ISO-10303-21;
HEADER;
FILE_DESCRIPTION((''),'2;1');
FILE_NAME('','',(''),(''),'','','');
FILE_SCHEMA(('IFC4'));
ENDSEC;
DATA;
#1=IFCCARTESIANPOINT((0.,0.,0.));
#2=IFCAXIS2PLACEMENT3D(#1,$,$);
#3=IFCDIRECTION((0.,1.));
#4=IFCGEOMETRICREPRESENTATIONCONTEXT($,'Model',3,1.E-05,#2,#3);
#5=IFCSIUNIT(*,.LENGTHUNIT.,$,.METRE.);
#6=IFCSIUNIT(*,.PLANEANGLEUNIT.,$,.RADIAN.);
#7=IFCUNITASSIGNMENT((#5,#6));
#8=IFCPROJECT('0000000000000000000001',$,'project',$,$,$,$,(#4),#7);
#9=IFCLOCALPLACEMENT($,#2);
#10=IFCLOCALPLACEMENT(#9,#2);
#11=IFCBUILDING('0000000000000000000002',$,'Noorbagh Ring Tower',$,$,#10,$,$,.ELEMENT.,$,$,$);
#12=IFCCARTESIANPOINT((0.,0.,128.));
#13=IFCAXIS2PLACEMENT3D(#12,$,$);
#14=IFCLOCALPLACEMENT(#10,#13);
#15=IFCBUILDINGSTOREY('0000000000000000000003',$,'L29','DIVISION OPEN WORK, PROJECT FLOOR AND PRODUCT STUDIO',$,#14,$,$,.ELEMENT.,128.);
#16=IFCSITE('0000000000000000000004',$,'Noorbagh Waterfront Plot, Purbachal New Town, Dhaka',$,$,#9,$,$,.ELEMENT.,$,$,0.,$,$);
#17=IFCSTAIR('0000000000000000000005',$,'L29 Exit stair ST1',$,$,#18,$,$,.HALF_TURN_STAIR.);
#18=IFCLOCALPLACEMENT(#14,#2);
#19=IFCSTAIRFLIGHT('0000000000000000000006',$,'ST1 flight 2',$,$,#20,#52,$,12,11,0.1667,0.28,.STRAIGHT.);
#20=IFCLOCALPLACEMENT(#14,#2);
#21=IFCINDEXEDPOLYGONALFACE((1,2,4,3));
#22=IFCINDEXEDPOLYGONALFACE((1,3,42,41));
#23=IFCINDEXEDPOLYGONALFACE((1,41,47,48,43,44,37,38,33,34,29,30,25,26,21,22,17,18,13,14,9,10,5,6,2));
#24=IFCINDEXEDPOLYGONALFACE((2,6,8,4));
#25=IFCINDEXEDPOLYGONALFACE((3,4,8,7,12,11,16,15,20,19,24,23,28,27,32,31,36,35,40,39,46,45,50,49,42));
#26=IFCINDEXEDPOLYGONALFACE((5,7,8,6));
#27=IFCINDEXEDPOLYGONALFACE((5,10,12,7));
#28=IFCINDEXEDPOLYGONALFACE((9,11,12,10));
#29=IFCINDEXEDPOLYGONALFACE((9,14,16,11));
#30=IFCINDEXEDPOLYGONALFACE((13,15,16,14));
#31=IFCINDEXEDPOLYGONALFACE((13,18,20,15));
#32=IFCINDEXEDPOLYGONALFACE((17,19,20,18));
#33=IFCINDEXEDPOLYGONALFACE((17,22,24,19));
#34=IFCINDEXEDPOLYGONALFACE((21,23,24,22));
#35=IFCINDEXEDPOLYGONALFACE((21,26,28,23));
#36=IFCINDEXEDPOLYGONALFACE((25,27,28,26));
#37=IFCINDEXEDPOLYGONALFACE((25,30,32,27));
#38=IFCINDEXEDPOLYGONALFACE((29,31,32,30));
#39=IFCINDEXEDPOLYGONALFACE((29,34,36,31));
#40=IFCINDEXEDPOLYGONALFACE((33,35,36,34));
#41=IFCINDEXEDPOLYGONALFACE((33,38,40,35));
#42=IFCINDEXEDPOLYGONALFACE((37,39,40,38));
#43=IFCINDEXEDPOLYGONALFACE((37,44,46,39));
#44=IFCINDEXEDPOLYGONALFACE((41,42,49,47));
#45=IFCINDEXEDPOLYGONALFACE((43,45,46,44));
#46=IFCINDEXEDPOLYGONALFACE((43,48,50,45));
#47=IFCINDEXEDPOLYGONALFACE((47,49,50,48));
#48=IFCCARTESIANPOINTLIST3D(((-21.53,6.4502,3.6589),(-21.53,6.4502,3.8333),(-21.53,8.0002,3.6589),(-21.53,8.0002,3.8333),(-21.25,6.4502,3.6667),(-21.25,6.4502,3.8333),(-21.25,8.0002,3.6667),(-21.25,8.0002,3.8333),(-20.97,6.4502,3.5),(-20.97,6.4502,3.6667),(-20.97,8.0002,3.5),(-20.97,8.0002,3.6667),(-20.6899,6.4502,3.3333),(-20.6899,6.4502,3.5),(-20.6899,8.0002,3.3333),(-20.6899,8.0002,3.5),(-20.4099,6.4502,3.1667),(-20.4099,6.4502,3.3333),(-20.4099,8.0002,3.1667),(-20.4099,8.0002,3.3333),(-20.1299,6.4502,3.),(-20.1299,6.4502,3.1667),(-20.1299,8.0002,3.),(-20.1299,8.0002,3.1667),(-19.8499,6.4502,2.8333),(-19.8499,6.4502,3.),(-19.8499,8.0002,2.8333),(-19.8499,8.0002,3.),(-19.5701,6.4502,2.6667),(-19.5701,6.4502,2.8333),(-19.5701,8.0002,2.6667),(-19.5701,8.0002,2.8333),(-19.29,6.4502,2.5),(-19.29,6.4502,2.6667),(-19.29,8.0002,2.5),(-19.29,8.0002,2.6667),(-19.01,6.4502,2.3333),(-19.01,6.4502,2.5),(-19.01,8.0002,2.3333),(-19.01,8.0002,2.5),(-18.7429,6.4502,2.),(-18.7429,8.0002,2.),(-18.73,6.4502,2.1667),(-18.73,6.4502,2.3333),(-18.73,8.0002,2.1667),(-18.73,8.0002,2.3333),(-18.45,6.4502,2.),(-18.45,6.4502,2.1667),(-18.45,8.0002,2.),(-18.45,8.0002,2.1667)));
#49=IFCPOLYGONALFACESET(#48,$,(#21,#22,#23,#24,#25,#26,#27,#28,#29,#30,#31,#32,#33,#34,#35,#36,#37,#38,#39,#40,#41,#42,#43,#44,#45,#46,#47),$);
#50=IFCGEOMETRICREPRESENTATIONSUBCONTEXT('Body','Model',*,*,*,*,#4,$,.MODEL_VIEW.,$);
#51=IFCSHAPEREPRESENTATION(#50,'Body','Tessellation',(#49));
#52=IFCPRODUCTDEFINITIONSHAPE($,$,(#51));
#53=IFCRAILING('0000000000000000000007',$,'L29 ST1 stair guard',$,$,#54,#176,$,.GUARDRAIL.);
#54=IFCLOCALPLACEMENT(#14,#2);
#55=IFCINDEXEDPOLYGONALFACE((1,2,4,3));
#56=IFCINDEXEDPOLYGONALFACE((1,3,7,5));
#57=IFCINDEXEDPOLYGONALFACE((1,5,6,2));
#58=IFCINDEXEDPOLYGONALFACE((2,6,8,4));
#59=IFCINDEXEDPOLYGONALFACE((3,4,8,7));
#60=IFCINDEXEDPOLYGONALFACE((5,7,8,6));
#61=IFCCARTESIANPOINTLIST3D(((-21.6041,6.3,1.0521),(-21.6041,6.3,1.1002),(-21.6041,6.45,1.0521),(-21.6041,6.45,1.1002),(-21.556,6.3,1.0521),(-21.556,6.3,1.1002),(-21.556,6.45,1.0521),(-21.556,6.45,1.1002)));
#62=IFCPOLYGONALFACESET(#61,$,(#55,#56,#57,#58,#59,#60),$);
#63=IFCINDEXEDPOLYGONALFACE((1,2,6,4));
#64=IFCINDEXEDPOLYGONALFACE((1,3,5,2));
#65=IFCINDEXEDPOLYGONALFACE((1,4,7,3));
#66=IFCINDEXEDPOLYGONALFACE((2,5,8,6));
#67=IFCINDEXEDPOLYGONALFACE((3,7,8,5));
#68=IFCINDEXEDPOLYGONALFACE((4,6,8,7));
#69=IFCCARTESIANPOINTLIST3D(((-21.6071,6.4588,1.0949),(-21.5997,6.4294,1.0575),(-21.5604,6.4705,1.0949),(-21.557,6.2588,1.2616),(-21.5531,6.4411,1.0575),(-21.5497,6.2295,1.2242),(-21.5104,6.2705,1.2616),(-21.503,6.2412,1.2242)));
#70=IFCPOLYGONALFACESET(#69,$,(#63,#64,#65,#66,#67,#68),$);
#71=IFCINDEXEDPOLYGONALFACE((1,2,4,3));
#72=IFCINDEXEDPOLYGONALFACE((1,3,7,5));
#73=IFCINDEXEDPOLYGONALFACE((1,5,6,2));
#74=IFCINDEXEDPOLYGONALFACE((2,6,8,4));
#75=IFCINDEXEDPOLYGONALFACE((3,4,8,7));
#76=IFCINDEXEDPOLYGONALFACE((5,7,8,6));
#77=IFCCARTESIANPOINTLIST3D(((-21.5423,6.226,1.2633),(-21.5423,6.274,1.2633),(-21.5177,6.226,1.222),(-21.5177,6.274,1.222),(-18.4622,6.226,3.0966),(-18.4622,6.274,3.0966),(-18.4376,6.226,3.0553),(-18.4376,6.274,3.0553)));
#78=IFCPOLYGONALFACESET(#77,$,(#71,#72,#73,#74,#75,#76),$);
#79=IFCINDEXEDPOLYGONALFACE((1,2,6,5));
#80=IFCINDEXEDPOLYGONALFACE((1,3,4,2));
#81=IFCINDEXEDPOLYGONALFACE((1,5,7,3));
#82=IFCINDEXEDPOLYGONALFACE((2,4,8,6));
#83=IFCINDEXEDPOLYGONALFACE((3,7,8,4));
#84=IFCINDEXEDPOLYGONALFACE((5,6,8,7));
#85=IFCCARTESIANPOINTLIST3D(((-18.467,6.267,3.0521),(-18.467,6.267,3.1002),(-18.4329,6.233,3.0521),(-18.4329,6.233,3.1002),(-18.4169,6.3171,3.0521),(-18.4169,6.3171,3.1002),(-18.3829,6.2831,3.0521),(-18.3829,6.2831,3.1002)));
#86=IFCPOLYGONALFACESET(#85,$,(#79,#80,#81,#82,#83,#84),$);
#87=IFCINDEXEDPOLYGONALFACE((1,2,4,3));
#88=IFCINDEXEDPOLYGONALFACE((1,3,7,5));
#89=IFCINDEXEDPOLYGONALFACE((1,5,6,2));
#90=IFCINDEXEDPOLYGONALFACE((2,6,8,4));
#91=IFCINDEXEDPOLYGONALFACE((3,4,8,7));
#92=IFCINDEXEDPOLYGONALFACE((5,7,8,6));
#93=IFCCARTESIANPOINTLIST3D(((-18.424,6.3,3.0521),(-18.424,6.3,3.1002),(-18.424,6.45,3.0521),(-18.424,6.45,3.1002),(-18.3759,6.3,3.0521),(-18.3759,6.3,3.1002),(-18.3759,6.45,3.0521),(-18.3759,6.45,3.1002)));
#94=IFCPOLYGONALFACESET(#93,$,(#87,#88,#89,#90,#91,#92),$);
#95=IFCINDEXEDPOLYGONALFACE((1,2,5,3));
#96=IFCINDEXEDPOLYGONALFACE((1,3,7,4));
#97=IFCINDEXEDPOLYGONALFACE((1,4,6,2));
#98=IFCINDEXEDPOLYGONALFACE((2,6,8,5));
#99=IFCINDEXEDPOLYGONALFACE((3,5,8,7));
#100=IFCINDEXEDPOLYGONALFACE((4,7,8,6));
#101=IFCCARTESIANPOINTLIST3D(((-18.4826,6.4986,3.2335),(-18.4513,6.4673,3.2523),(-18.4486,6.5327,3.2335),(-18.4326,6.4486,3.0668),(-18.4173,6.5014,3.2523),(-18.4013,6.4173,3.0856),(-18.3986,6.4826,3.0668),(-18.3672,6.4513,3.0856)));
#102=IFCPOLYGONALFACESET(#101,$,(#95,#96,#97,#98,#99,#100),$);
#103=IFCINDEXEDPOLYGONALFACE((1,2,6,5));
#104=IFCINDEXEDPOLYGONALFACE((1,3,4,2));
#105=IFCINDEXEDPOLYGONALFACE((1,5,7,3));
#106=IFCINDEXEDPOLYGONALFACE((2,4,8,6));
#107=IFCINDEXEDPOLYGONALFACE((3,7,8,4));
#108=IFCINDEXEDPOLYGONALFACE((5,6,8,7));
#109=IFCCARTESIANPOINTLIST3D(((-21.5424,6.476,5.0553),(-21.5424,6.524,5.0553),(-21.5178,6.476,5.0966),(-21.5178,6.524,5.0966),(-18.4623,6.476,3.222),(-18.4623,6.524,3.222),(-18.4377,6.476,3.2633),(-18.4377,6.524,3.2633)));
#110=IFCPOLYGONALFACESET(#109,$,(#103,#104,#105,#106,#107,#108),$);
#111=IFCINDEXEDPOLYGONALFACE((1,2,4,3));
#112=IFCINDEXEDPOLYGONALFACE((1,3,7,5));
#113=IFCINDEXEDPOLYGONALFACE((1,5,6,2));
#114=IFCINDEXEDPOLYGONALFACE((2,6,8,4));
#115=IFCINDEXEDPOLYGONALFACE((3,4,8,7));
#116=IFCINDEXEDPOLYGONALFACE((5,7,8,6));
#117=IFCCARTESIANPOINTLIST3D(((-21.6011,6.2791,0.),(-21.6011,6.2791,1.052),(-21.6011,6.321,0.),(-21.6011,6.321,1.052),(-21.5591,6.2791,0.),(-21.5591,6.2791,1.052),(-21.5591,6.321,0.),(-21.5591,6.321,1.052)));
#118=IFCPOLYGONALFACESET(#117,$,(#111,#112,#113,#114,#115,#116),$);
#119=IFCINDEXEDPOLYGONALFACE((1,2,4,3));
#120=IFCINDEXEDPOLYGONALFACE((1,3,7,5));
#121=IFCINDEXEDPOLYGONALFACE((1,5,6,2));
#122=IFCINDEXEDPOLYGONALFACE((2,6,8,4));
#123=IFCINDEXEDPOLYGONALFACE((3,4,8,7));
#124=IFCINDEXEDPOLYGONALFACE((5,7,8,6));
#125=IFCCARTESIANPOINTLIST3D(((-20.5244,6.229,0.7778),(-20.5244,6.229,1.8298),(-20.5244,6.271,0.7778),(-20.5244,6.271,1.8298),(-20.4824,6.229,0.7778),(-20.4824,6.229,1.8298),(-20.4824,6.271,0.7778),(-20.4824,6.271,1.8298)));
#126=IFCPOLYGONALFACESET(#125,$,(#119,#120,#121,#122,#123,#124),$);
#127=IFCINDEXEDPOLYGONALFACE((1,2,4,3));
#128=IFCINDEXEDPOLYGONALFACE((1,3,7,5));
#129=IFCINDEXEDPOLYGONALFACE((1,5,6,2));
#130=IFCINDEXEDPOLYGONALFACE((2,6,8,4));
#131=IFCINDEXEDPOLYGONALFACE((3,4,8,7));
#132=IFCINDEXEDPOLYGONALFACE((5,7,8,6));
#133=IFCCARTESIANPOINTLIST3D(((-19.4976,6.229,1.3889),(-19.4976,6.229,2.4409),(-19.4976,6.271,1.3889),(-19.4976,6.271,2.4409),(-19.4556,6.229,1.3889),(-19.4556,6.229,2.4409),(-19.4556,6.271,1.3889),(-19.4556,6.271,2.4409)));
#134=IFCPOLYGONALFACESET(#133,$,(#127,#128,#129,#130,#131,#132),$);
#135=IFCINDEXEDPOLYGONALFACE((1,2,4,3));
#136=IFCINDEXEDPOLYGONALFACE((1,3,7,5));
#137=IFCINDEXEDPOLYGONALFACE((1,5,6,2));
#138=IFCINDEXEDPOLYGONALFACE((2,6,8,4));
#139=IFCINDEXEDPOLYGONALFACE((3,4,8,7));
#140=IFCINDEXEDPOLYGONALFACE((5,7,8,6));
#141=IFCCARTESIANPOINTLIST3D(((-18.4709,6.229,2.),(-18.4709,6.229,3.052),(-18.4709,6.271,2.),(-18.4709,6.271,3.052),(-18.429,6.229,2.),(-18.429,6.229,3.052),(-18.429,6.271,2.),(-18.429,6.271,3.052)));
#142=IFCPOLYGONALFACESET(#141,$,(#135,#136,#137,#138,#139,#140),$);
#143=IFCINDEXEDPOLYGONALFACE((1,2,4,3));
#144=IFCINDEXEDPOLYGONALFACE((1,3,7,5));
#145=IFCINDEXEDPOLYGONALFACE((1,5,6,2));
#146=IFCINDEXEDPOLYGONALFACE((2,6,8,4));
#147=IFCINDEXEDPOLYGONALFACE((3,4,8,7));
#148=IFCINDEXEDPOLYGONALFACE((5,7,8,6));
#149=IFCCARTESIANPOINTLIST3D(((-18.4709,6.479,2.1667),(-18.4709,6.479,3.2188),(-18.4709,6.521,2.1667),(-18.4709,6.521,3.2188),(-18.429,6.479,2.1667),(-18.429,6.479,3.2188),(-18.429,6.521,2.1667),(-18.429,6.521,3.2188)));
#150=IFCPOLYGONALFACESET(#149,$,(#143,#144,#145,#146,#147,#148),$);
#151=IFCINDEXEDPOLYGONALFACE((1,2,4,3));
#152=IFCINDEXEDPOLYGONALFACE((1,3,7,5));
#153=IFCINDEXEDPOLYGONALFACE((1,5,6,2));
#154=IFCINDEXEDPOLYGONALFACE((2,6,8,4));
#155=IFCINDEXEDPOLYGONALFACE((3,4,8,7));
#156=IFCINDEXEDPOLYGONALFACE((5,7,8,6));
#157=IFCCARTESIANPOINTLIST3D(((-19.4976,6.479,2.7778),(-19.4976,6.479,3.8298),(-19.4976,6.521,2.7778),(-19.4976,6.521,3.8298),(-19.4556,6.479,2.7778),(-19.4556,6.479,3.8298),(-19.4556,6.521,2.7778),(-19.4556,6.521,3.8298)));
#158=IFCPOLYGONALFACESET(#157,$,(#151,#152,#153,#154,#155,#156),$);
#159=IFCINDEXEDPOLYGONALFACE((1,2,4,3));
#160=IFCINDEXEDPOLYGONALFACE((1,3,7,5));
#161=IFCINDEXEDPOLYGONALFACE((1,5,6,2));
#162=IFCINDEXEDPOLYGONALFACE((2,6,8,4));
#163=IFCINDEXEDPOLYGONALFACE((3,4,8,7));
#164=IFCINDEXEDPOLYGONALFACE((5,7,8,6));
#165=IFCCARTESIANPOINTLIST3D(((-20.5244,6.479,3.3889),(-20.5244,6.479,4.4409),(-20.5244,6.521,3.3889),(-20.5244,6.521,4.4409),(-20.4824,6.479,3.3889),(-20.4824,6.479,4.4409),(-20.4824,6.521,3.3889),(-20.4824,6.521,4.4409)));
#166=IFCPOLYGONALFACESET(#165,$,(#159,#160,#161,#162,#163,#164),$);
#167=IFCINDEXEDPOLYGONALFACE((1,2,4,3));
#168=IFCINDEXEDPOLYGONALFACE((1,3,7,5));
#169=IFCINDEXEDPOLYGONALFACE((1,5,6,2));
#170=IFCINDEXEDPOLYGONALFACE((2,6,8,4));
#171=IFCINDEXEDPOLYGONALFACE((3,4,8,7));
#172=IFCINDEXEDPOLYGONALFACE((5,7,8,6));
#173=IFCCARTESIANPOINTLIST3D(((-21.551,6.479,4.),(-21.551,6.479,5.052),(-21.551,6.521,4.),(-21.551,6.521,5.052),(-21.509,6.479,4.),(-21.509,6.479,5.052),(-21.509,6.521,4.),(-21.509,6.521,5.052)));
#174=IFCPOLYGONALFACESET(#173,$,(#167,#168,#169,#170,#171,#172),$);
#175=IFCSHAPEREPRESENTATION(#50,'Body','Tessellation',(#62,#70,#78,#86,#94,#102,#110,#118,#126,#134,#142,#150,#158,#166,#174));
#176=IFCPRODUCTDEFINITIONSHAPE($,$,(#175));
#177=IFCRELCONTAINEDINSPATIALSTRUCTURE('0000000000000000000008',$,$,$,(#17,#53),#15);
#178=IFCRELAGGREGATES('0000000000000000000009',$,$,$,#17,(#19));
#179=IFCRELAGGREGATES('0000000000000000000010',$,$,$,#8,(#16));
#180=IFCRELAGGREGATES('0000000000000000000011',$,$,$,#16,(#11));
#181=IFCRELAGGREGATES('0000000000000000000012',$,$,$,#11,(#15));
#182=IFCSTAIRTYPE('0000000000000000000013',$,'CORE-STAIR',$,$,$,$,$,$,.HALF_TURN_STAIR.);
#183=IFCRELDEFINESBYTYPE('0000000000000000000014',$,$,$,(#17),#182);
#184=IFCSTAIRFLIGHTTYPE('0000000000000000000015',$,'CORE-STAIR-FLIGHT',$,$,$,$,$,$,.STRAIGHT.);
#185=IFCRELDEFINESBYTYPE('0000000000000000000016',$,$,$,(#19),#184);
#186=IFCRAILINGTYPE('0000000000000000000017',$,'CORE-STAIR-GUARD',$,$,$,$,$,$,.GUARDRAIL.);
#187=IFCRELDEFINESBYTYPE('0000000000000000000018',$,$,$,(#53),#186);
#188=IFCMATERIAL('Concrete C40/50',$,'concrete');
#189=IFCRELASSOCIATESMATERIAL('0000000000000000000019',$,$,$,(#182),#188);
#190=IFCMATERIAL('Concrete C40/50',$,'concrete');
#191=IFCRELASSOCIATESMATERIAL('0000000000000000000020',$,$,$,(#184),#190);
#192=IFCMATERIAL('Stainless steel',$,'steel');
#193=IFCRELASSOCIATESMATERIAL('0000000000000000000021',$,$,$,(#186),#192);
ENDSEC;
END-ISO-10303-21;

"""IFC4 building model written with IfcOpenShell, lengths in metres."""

from ifc_helpers import new_model, si_unit, direction, frame, origin, origin_2d, place, context, subcontext, project, spatial, polyline, rectangle, outline, extrude, material, type_object, element, aggregate, save


model = new_model("IFC4")

# Units and contexts
model_context = context("Model", 3, precision=1e-05, world=origin(), true_north=direction((0.0, 1.0)))
body_context = subcontext(model_context, "Body", "Model", "MODEL_VIEW")
ifc_project = project(units=[si_unit("LENGTHUNIT", "METRE"), si_unit("PLANEANGLEUNIT", "RADIAN")], contexts=[model_context])

# Site, building, storey
site_placement = place(None, origin())
site = spatial("IfcSite", under=ifc_project, at=site_placement, Name="Noorbagh Waterfront Plot, Purbachal New Town, Dhaka", CompositionType="ELEMENT", RefElevation=0.0)
building_placement = place(site_placement, origin())
building = spatial("IfcBuilding", under=site, at=building_placement, Name="Noorbagh Ring Tower", CompositionType="ELEMENT")
storey_placement = place(building_placement, frame((0.0, 0.0, 128.0)))
storey = spatial("IfcBuildingStorey", under=building, at=storey_placement, Name="L29", Description="DIVISION OPEN WORK, PROJECT FLOOR AND PRODUCT STUDIO", CompositionType="ELEMENT", Elevation=128.0)

# Stair, stair flight
ifc_material_1 = material(Name="Concrete C40/50", Category="concrete")
stair_type = type_object("IfcStairType", Name="CORE-STAIR", PredefinedType="HALF_TURN_STAIR", material=ifc_material_1)
stair_placement = place(storey_placement, origin())
stair = element("IfcStair", 1, at=stair_placement, inside=storey, type_object=stair_type, Name="L29 Exit stair ST1", PredefinedType="HALF_TURN_STAIR")
ifc_material_2 = material(Name="Concrete C40/50", Category="concrete")
stair_flight_type = type_object("IfcStairFlightType", Name="CORE-STAIR-FLIGHT", PredefinedType="STRAIGHT", material=ifc_material_2)
stair_flight_1_placement = place(storey_placement, frame((-18.45, 7.2251, 2.0), z_axis=(0.0, 0.0, 1.0), x_axis=(-1.0, 0.0, 0.0)))
stair_flight_1 = element("IfcStairFlight", 2, at=stair_flight_1_placement, type_object=stair_flight_type, Name="ST1 flight 2", NumberOfRisers=12, NumberOfTreads=11, PredefinedType="STRAIGHT", RiserHeight=0.1667, TreadLength=0.28, context=body_context, shape_type="SweptSolid", body=[
    extrude(outline(polyline([(0.0, 0.0), (0.0, 0.1667), (0.28, 0.1667), (0.28, 0.3333), (0.5601, 0.3333), (0.5601, 0.5), (0.8401, 0.5), (0.8401, 0.6667), (1.1201, 0.6667), (1.1201, 0.8333), (1.3999, 0.8333), (1.3999, 1.0), (1.6799, 1.0), (1.6799, 1.1667), (1.96, 1.1667), (1.96, 1.3333), (2.24, 1.3333), (2.24, 1.5), (2.52, 1.5), (2.52, 1.6667), (2.8, 1.6667), (2.8, 1.8333), (3.0801, 1.8333), (3.0801, 2.0), (3.0801, 1.6589), (0.293, 0.0), (0.0, 0.0)])), frame((0.0, 0.7749, 0.0), z_axis=(0.0, -1.0, 0.0), x_axis=(1.0, 0.0, 0.0)), (0.0, 0.0, 1.0), 1.55),
])
aggregate(stair, [stair_flight_1])

# Railing
ifc_material_3 = material(Name="Stainless steel", Category="steel")
railing_type_1 = type_object("IfcRailingType", Name="CORE-STAIR-GUARD", PredefinedType="GUARDRAIL", material=ifc_material_3)
railing_1_placement = place(storey_placement, frame((-21.5801, 6.3, 0.0)))
element("IfcRailing", 3, at=railing_1_placement, inside=storey, type_object=railing_type_1, Name="L29 ST1 stair guard", PredefinedType="GUARDRAIL", context=body_context, shape_type="SweptSolid", body=[
    extrude(rectangle(XDim=0.0481, YDim=0.0481, at=origin_2d()), frame((0.0, 0.0, 1.0762), z_axis=(0.0, 1.0, 0.0), x_axis=(-1.0, 0.0, 0.0)), (0.0, 0.0, 1.0), 0.1499),
    extrude(rectangle(XDim=0.0481, YDim=0.0481, at=origin_2d()), frame((0.0, 0.1499, 1.0762), z_axis=(0.188776, -0.754182, 0.628946), x_axis=(0.970073, 0.242814, 0.0)), (0.0, 0.0, 1.0), 0.2651),
    extrude(rectangle(XDim=0.0481, YDim=0.0481, at=origin_2d()), frame((0.05, -0.05, 1.2427), z_axis=(0.859309, 0.0, 0.511458), x_axis=(0.0, 1.0, 0.0)), (0.0, 0.0, 1.0), 3.5845),
    extrude(rectangle(XDim=0.0481, YDim=0.0481, at=origin_2d()), frame((3.1301, -0.05, 3.0762), z_axis=(0.707107, 0.707107, 0.0), x_axis=(-0.707107, 0.707107, 0.0)), (0.0, 0.0, 1.0), 0.0708),
    extrude(rectangle(XDim=0.0481, YDim=0.0481, at=origin_2d()), frame((3.1802, 0.0, 3.0762), z_axis=(0.0, 1.0, 0.0), x_axis=(-1.0, 0.0, 0.0)), (0.0, 0.0, 1.0), 0.1499),
    extrude(rectangle(XDim=0.0481, YDim=0.0481, at=origin_2d()), frame((3.1802, 0.1499, 3.0762), z_axis=(-0.276287, 0.276287, 0.920506), x_axis=(-0.707107, -0.707107, 0.0)), (0.0, 0.0, 1.0), 0.1812),
    extrude(rectangle(XDim=0.0481, YDim=0.0481, at=origin_2d()), frame((3.1301, 0.2, 3.2427), z_axis=(-0.859309, 0.0, 0.511458), x_axis=(0.0, -1.0, 0.0)), (0.0, 0.0, 1.0), 3.5845),
    extrude(rectangle(XDim=0.042, YDim=0.042, at=origin_2d()), origin(), (0.0, 0.0, 1.0), 1.052),
    extrude(rectangle(XDim=0.042, YDim=0.042, at=origin_2d()), frame((1.0767, -0.05, 0.7778)), (0.0, 0.0, 1.0), 1.052),
    extrude(rectangle(XDim=0.042, YDim=0.042, at=origin_2d()), frame((2.1035, -0.05, 1.3889)), (0.0, 0.0, 1.0), 1.052),
    extrude(rectangle(XDim=0.042, YDim=0.042, at=origin_2d()), frame((3.1301, -0.05, 2.0)), (0.0, 0.0, 1.0), 1.052),
    extrude(rectangle(XDim=0.042, YDim=0.042, at=origin_2d()), frame((3.1301, 0.2, 2.1667)), (0.0, 0.0, 1.0), 1.052),
    extrude(rectangle(XDim=0.042, YDim=0.042, at=origin_2d()), frame((2.1035, 0.2, 2.7778)), (0.0, 0.0, 1.0), 1.052),
    extrude(rectangle(XDim=0.042, YDim=0.042, at=origin_2d()), frame((1.0767, 0.2, 3.3889)), (0.0, 0.0, 1.0), 1.052),
    extrude(rectangle(XDim=0.042, YDim=0.042, at=origin_2d()), frame((0.05, 0.2, 4.0)), (0.0, 0.0, 1.0), 1.052),
])

save(model, "model.ifc")
